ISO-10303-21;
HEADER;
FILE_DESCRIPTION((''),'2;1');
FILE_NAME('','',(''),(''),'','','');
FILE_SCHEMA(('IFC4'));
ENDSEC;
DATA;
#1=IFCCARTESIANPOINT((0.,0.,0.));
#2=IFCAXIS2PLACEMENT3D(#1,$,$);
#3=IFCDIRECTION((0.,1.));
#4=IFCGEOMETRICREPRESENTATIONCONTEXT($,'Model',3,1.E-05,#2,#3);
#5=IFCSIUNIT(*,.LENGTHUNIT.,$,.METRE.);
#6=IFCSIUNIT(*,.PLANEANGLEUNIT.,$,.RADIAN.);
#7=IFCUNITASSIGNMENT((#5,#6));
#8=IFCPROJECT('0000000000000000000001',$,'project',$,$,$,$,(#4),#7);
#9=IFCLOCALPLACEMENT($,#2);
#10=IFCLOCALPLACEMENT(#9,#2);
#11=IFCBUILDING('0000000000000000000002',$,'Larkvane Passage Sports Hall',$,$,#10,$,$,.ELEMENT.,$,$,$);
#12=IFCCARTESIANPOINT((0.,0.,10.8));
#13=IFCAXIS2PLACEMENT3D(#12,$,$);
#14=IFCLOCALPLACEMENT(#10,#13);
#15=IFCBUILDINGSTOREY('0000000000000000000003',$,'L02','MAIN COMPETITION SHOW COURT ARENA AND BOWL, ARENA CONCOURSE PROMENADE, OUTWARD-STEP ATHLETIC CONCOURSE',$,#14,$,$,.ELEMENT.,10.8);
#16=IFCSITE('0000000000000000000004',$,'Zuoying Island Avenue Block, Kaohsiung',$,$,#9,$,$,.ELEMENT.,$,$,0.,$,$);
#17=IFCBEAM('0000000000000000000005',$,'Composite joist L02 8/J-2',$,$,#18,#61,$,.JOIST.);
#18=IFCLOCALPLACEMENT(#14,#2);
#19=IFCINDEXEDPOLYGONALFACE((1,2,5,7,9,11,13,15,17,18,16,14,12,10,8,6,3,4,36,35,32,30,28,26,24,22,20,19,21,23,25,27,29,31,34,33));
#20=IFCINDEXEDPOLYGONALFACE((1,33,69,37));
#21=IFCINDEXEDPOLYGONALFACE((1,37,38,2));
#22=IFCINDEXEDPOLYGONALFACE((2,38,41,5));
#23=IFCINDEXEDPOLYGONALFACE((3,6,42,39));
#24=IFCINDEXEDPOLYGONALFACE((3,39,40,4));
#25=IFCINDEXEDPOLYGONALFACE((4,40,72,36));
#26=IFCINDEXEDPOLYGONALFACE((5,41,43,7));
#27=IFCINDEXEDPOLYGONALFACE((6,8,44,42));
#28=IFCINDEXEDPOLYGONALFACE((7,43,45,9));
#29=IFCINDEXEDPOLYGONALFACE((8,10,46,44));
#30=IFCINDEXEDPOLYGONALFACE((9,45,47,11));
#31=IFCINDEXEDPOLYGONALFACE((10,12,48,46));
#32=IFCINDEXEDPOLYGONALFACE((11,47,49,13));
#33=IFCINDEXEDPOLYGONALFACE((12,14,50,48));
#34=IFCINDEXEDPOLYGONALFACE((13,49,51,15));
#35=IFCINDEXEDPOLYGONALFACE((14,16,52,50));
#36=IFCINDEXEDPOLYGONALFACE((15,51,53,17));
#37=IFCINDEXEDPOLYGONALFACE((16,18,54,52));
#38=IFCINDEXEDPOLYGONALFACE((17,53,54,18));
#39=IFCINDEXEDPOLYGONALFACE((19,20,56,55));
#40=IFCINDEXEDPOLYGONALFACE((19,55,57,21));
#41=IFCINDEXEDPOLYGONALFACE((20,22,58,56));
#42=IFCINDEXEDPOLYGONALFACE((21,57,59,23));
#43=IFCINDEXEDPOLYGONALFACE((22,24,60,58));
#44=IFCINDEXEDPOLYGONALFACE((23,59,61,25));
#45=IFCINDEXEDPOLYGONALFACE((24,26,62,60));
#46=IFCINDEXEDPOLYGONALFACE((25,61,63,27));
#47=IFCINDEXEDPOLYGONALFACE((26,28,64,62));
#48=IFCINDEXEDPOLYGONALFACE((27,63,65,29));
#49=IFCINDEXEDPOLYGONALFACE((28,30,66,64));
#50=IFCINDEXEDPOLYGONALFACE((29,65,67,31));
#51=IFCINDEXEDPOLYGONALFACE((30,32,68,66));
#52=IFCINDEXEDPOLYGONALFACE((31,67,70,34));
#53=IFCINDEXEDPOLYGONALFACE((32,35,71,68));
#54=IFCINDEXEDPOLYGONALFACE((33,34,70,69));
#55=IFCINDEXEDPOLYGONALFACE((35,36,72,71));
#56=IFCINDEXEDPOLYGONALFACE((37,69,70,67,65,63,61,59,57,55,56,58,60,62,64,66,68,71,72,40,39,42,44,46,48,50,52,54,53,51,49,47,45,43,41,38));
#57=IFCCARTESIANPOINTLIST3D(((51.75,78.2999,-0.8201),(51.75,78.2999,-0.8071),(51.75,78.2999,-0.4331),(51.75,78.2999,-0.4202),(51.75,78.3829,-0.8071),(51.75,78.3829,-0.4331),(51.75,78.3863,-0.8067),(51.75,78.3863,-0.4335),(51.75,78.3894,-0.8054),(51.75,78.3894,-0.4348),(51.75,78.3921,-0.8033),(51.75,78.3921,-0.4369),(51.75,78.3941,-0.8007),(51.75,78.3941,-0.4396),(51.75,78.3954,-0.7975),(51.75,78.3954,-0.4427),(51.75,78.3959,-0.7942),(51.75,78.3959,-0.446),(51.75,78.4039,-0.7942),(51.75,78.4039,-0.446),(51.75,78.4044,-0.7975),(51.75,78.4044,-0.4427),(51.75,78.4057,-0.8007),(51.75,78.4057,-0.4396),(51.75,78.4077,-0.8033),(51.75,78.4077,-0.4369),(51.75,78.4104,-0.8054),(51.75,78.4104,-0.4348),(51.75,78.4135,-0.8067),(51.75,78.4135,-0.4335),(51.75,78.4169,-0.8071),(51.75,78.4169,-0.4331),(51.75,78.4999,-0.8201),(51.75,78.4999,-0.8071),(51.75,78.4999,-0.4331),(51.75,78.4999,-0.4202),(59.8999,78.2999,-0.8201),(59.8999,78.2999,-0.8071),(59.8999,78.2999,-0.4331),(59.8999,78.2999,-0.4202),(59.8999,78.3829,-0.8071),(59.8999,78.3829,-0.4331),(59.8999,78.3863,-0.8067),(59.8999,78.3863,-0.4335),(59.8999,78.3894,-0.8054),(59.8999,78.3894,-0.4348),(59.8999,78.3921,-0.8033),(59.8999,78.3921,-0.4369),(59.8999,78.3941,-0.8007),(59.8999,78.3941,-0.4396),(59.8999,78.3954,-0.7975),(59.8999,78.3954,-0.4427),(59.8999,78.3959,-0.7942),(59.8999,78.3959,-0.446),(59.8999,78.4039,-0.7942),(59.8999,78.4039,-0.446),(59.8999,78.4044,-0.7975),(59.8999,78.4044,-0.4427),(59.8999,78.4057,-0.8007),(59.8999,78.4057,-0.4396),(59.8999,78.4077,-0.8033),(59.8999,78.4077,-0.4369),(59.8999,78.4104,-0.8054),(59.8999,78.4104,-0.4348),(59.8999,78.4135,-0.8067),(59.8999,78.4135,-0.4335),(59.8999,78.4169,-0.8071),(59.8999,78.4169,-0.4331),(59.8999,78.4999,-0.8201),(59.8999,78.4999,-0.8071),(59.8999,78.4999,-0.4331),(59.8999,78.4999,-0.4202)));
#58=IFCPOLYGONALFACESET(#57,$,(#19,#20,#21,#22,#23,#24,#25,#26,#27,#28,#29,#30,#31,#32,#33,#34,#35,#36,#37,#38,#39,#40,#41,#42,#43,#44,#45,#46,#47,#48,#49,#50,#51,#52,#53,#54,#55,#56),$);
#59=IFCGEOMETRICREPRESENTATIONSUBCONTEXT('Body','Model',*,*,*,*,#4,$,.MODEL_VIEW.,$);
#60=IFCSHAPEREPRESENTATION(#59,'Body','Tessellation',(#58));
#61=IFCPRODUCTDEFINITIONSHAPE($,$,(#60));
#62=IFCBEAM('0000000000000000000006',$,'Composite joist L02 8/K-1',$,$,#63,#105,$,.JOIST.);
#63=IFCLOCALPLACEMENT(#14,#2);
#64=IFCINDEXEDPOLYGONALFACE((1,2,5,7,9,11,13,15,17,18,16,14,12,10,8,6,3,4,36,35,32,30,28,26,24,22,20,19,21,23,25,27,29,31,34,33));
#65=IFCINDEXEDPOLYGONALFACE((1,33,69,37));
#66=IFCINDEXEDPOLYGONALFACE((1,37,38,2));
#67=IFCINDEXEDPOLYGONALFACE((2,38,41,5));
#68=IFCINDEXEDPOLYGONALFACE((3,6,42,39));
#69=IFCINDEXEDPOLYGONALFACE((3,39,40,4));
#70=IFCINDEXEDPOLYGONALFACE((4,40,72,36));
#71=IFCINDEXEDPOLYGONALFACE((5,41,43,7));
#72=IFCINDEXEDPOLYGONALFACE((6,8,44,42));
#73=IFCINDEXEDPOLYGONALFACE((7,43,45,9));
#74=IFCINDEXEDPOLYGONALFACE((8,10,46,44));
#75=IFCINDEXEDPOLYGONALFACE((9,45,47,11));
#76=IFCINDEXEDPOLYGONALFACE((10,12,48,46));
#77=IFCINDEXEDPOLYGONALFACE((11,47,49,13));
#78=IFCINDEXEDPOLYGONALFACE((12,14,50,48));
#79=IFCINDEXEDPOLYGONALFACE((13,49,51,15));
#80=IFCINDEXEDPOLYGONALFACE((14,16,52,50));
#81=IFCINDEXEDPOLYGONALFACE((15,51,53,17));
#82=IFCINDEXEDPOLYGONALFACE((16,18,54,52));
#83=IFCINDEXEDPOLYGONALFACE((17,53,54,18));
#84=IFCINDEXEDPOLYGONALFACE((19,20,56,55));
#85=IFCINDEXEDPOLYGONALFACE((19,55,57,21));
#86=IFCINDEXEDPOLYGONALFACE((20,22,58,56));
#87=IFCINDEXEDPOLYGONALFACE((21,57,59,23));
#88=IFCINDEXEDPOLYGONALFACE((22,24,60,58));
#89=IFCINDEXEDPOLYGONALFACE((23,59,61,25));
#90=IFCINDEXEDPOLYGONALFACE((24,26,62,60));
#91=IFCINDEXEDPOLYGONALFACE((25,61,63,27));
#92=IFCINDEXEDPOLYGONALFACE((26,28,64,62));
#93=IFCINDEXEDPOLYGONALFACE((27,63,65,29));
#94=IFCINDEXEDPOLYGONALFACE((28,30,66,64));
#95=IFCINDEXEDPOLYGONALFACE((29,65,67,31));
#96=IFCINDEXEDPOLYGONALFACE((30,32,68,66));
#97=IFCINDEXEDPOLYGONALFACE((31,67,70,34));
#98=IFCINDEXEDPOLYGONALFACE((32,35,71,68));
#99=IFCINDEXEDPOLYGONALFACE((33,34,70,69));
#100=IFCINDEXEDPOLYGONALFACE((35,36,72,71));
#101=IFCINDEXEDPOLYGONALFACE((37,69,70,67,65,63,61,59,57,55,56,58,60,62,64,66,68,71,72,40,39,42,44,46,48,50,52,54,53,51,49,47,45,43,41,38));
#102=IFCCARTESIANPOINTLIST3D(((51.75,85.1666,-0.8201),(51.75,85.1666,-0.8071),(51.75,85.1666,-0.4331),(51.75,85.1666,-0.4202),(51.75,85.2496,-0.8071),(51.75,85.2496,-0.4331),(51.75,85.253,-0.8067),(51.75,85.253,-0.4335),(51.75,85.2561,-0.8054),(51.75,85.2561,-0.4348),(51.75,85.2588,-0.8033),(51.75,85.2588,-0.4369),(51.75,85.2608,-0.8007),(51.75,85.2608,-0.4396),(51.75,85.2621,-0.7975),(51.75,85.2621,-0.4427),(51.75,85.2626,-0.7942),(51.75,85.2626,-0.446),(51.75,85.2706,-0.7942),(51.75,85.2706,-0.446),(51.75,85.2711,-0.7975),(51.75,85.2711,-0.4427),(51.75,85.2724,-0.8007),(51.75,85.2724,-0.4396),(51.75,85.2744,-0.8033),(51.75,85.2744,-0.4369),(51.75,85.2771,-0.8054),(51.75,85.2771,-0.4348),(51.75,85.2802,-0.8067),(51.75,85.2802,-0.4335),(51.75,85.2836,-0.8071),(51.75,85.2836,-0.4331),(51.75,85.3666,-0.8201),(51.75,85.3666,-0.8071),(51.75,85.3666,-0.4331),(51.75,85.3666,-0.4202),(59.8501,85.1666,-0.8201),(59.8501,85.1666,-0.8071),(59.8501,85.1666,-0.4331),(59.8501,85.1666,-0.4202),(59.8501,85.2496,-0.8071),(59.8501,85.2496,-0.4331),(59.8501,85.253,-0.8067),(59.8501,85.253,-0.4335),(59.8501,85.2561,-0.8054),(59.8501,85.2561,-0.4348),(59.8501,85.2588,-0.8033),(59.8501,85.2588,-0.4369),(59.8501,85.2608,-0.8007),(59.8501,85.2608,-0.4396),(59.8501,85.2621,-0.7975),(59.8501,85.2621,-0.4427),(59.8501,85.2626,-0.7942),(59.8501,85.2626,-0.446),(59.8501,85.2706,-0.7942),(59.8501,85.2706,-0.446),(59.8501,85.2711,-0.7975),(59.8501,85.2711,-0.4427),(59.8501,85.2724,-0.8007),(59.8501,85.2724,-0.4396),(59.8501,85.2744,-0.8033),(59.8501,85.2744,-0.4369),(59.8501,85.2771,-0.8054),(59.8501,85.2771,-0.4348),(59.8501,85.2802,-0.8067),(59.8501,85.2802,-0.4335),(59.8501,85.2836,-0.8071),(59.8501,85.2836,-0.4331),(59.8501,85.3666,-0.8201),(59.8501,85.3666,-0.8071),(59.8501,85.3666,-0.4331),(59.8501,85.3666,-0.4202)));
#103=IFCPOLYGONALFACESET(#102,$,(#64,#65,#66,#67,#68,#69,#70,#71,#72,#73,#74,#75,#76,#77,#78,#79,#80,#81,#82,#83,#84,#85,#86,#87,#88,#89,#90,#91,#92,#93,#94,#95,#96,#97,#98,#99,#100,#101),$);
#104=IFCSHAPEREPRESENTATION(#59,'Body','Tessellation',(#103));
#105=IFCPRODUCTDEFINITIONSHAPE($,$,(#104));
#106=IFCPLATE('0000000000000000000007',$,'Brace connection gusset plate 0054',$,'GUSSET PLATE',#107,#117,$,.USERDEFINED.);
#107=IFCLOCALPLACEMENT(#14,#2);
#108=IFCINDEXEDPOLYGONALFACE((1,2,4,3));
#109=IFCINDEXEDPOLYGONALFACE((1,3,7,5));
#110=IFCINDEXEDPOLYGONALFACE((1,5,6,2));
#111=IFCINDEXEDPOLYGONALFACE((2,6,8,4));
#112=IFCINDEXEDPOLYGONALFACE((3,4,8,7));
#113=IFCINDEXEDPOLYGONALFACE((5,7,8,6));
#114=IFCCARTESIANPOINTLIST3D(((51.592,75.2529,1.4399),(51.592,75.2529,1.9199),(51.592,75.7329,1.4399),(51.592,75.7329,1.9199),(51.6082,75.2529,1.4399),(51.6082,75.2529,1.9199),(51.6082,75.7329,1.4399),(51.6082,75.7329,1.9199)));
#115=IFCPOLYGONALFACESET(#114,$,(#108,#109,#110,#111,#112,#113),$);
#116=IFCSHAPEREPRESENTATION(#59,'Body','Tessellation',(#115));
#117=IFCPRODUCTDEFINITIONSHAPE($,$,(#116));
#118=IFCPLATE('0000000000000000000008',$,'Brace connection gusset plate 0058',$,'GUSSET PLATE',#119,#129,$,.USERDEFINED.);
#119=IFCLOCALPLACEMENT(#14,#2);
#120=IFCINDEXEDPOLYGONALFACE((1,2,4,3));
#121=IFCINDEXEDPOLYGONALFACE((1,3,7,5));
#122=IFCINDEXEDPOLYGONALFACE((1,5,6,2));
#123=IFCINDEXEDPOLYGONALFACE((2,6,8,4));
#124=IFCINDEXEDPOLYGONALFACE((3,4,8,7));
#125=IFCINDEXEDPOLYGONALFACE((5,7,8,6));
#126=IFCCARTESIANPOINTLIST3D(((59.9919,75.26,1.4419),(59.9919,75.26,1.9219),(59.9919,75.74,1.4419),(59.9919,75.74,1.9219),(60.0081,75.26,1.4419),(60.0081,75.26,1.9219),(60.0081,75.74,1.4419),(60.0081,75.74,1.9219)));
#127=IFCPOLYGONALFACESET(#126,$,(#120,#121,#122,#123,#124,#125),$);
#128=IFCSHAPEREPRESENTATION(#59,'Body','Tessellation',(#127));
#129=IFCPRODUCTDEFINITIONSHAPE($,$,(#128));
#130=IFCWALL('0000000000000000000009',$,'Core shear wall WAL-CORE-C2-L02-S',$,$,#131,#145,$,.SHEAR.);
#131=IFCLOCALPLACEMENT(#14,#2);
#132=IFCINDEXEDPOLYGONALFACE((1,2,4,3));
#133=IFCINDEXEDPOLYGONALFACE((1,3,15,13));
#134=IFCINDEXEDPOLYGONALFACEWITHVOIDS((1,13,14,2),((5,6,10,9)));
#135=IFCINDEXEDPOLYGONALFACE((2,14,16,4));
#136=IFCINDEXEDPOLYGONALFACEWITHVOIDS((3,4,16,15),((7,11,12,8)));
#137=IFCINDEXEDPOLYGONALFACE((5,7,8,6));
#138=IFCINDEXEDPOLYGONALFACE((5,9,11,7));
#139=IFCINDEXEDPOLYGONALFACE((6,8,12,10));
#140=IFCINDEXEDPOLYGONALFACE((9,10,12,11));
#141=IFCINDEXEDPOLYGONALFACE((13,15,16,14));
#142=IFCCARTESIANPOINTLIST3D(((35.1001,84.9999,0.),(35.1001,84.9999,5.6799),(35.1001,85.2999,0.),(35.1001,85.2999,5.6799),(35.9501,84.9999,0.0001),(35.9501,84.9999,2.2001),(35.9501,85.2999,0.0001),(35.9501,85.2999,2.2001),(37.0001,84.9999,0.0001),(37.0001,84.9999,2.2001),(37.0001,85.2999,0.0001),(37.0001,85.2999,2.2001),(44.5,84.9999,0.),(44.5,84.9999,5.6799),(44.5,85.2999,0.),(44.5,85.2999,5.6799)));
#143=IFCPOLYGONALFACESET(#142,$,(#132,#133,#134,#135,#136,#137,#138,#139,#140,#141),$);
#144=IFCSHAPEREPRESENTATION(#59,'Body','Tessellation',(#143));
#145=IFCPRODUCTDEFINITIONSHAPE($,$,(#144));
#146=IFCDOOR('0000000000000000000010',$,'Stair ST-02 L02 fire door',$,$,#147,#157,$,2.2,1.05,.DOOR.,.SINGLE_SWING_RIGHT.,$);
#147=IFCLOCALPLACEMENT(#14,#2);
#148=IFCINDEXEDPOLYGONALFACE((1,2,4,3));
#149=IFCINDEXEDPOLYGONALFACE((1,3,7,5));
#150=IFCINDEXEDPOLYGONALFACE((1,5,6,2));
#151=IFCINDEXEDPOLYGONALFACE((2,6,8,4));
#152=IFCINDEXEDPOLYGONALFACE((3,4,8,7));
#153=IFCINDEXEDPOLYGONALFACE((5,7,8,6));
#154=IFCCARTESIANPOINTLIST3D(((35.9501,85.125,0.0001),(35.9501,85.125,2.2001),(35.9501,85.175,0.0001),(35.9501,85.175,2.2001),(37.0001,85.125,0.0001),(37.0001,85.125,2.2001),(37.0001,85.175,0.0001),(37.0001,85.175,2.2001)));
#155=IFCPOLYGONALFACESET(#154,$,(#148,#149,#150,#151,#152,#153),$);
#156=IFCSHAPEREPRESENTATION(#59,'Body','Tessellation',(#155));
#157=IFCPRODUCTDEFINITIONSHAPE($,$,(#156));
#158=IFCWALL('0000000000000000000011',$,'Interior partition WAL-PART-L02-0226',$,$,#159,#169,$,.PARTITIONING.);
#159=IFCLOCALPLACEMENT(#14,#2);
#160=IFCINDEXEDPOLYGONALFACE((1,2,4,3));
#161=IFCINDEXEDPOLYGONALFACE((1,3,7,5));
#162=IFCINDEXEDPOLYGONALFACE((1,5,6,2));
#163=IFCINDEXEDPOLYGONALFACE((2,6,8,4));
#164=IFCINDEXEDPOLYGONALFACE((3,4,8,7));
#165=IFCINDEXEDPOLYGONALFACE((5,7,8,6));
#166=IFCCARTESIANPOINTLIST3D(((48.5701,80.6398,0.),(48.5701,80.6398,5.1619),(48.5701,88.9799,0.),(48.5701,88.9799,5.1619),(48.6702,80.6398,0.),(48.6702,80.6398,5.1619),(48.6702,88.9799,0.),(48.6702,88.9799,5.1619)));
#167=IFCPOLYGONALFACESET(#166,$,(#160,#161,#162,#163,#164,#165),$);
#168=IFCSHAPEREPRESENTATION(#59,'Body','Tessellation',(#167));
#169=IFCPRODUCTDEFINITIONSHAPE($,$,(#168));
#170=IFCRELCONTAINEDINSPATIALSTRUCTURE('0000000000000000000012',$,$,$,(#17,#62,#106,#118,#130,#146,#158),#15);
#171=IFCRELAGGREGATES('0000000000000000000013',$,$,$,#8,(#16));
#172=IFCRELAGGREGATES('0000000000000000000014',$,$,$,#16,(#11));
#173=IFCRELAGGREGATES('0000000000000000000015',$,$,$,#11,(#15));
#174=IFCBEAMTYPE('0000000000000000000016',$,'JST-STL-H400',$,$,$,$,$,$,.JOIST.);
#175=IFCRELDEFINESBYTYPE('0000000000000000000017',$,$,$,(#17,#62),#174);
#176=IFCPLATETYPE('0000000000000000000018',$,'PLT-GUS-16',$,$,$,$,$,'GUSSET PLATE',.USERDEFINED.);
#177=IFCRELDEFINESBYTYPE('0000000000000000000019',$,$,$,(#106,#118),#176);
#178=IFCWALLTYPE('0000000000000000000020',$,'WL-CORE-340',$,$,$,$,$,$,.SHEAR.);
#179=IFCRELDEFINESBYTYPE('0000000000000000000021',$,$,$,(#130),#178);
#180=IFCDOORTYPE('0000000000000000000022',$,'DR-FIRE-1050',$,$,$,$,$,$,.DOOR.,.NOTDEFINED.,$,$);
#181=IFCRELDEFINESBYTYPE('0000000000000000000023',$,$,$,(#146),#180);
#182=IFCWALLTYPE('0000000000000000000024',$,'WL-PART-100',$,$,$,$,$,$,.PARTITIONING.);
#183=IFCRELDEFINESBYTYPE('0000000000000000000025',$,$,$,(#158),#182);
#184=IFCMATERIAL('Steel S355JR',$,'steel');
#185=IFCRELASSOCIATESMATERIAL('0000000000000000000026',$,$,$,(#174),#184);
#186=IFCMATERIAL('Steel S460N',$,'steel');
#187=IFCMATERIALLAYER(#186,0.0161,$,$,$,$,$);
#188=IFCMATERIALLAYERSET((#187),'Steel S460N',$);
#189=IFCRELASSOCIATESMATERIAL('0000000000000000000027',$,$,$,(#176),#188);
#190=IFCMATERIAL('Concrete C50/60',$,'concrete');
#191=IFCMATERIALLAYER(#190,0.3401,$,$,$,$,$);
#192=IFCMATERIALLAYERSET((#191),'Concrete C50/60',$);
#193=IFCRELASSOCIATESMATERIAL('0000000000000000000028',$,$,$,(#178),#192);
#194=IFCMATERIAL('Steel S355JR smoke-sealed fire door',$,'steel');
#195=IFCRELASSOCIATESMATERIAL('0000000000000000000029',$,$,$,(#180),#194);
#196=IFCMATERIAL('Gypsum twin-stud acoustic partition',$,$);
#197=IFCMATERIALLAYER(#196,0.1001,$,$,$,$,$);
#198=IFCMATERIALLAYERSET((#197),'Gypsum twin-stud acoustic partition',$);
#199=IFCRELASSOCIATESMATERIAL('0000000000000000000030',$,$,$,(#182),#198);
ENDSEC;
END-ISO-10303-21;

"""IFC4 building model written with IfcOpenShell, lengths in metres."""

from ifc_helpers import new_model, si_unit, direction, frame, frame_2d, origin, origin_2d, place, context, subcontext, project, spatial, rectangle, i_section, extrude, material, layer, layer_set, material_profile, profile_set, type_object, element, fill, save


model = new_model("IFC4")

# Units and contexts
model_context = context("Model", 3, precision=1e-05, world=origin(), true_north=direction((0.0, 1.0)))
body_context = subcontext(model_context, "Body", "Model", "MODEL_VIEW")
ifc_project = project(units=[si_unit("LENGTHUNIT", "METRE"), si_unit("PLANEANGLEUNIT", "RADIAN")], contexts=[model_context])

# Site, building, storey
site_placement = place(None, origin())
site = spatial("IfcSite", under=ifc_project, at=site_placement, Name="Zuoying Island Avenue Block, Kaohsiung", CompositionType="ELEMENT", RefElevation=0.0)
building_placement = place(site_placement, origin())
building = spatial("IfcBuilding", under=site, at=building_placement, Name="Larkvane Passage Sports Hall", CompositionType="ELEMENT")
storey_placement = place(building_placement, frame((0.0, 0.0, 10.8)))
storey = spatial("IfcBuildingStorey", under=building, at=storey_placement, Name="L02", Description="MAIN COMPETITION SHOW COURT ARENA AND BOWL, ARENA CONCOURSE PROMENADE, OUTWARD-STEP ATHLETIC CONCOURSE", CompositionType="ELEMENT", Elevation=10.8)

# Shared definitions
ifc_material_1 = material(Name="Steel S355JR", Category="steel")
ifc_material_2 = material(Name="Steel S460N", Category="steel")

# Beams
ifc_material_profile_1 = material_profile(ifc_material_1, i_section(OverallWidth=0.2, OverallDepth=0.3999, WebThickness=0.0081, FlangeThickness=0.0129, FilletRadius=0.0129, at=origin_2d()), Name="H-400x200x8x13")
ifc_profile_set_1 = profile_set([ifc_material_profile_1], Name="Steel S355JR")
beam_type_1 = type_object("IfcBeamType", Name="JST-STL-H400", PredefinedType="JOIST", material=ifc_profile_set_1)
beam_1_placement = place(storey_placement, frame((51.75, 78.3999, -0.6201), z_axis=(1.0, 0.0, 0.0), x_axis=(0.0, 1.0, 0.0)))
element("IfcBeam", 1, at=beam_1_placement, inside=storey, type_object=beam_type_1, Name="Composite joist L02 8/J-2", PredefinedType="JOIST", context=body_context, shape_type="SweptSolid", body=[
    extrude(i_section(OverallWidth=0.2, OverallDepth=0.3999, WebThickness=0.0081, FlangeThickness=0.0129, FilletRadius=0.0129, at=origin_2d()), origin(), (0.0, 0.0, 1.0), 8.1499),
])
beam_2_placement = place(storey_placement, frame((51.75, 85.2666, -0.6201), z_axis=(1.0, 0.0, 0.0), x_axis=(0.0, 1.0, 0.0)))
element("IfcBeam", 2, at=beam_2_placement, inside=storey, type_object=beam_type_1, Name="Composite joist L02 8/K-1", PredefinedType="JOIST", context=body_context, shape_type="SweptSolid", body=[
    extrude(i_section(OverallWidth=0.2, OverallDepth=0.3999, WebThickness=0.0081, FlangeThickness=0.0129, FilletRadius=0.0129, at=origin_2d()), origin(), (0.0, 0.0, 1.0), 8.1001),
])

# Plates
ifc_layer_1 = layer(ifc_material_2, 0.0161)
ifc_layer_set_1 = layer_set([ifc_layer_1], Name="Steel S460N")
plate_type = type_object("IfcPlateType", Name="PLT-GUS-16", ElementType="GUSSET PLATE", PredefinedType="USERDEFINED", material=ifc_layer_set_1)
for number, where, z_axis, x_axis, name in (
    (3, (51.6001, 75.4929, 1.4399), (0.0, 0.0, 1.0), (0.0, 1.0, 0.0), "Brace connection gusset plate 0054"),
    (4, (60.0, 75.5, 1.4419), (0.0, 0.0, 1.0), (0.0, 1.0, 0.0), "Brace connection gusset plate 0058"),
):
    element("IfcPlate", number, at=place(storey_placement, frame(where, z_axis=z_axis, x_axis=x_axis)), inside=storey, type_object=plate_type, Name=name, ObjectType="GUSSET PLATE", PredefinedType="USERDEFINED", context=body_context, shape_type="SweptSolid", body=[
        extrude(rectangle(XDim=0.48, YDim=0.0161, at=origin_2d()), origin(), (0.0, 0.0, 1.0), 0.48),
    ])

# Wall, opening, door
ifc_material_3 = material(Name="Concrete C50/60", Category="concrete")
ifc_layer_2 = layer(ifc_material_3, 0.3401)
ifc_layer_set_2 = layer_set([ifc_layer_2], Name="Concrete C50/60")
wall_type_1 = type_object("IfcWallType", Name="WL-CORE-340", PredefinedType="SHEAR", material=ifc_layer_set_2)
wall_1_placement = place(storey_placement, frame((44.5, 85.1499, 0.0), z_axis=(0.0, 0.0, 1.0), x_axis=(-1.0, 0.0, 0.0)))
wall_1 = element("IfcWall", 5, at=wall_1_placement, inside=storey, type_object=wall_type_1, Name="Core shear wall WAL-CORE-C2-L02-S", PredefinedType="SHEAR", context=body_context, shape_type="SweptSolid", body=[
    extrude(rectangle(XDim=9.3999, YDim=0.3, at=frame_2d((4.7, 0.0))), origin(), (0.0, 0.0, 1.0), 5.6799),
])
opening_1_placement = place(wall_1_placement, frame((7.5, 0.0, 0.0)))
opening_1 = element("IfcOpeningElement", 6, at=opening_1_placement, cuts=wall_1, PredefinedType="OPENING", context=body_context, shape_type="SweptSolid", body=[
    extrude(rectangle(XDim=1.05, YDim=2.2, at=frame_2d((0.5249, 1.1001))), frame((0.0, 0.1599, 0.0), z_axis=(0.0, -1.0, 0.0), x_axis=(1.0, 0.0, 0.0)), (0.0, 0.0, 1.0), 0.3201),
])
ifc_material_4 = material(Name="Steel S355JR smoke-sealed fire door", Category="steel")
door_type_1 = type_object("IfcDoorType", Name="DR-FIRE-1050", OperationType="NOTDEFINED", PredefinedType="DOOR", material=ifc_material_4)
door_1_placement = place(opening_1_placement, origin())
door_1 = element("IfcDoor", 7, at=door_1_placement, inside=storey, type_object=door_type_1, Name="Stair ST-02 L02 fire door", OperationType="SINGLE_SWING_RIGHT", OverallHeight=2.2, OverallWidth=1.05, PredefinedType="DOOR", context=body_context, shape_type="SweptSolid", body=[
    extrude(rectangle(XDim=1.05, YDim=2.2, at=frame_2d((0.5249, 1.1001))), frame((0.0, 0.0249, 0.0), z_axis=(0.0, -1.0, 0.0), x_axis=(1.0, 0.0, 0.0)), (0.0, 0.0, 1.0), 0.05),
])
fill(opening_1, door_1)

# Wall
ifc_material_5 = material(Name="Gypsum twin-stud acoustic partition")
ifc_layer_3 = layer(ifc_material_5, 0.1001)
ifc_layer_set_3 = layer_set([ifc_layer_3], Name="Gypsum twin-stud acoustic partition")
wall_type_2 = type_object("IfcWallType", Name="WL-PART-100", PredefinedType="PARTITIONING", material=ifc_layer_set_3)
wall_2_placement = place(storey_placement, frame((48.6201, 80.6399, 0.0), z_axis=(0.0, 0.0, 1.0), x_axis=(0.0, 1.0, 0.0)))
element("IfcWall", 8, at=wall_2_placement, inside=storey, type_object=wall_type_2, Name="Interior partition WAL-PART-L02-0226", PredefinedType="PARTITIONING", context=body_context, shape_type="SweptSolid", body=[
    extrude(rectangle(XDim=8.3401, YDim=0.1001, at=frame_2d((4.1699, 0.0))), origin(), (0.0, 0.0, 1.0), 5.1619),
])

save(model, "model.ifc")
